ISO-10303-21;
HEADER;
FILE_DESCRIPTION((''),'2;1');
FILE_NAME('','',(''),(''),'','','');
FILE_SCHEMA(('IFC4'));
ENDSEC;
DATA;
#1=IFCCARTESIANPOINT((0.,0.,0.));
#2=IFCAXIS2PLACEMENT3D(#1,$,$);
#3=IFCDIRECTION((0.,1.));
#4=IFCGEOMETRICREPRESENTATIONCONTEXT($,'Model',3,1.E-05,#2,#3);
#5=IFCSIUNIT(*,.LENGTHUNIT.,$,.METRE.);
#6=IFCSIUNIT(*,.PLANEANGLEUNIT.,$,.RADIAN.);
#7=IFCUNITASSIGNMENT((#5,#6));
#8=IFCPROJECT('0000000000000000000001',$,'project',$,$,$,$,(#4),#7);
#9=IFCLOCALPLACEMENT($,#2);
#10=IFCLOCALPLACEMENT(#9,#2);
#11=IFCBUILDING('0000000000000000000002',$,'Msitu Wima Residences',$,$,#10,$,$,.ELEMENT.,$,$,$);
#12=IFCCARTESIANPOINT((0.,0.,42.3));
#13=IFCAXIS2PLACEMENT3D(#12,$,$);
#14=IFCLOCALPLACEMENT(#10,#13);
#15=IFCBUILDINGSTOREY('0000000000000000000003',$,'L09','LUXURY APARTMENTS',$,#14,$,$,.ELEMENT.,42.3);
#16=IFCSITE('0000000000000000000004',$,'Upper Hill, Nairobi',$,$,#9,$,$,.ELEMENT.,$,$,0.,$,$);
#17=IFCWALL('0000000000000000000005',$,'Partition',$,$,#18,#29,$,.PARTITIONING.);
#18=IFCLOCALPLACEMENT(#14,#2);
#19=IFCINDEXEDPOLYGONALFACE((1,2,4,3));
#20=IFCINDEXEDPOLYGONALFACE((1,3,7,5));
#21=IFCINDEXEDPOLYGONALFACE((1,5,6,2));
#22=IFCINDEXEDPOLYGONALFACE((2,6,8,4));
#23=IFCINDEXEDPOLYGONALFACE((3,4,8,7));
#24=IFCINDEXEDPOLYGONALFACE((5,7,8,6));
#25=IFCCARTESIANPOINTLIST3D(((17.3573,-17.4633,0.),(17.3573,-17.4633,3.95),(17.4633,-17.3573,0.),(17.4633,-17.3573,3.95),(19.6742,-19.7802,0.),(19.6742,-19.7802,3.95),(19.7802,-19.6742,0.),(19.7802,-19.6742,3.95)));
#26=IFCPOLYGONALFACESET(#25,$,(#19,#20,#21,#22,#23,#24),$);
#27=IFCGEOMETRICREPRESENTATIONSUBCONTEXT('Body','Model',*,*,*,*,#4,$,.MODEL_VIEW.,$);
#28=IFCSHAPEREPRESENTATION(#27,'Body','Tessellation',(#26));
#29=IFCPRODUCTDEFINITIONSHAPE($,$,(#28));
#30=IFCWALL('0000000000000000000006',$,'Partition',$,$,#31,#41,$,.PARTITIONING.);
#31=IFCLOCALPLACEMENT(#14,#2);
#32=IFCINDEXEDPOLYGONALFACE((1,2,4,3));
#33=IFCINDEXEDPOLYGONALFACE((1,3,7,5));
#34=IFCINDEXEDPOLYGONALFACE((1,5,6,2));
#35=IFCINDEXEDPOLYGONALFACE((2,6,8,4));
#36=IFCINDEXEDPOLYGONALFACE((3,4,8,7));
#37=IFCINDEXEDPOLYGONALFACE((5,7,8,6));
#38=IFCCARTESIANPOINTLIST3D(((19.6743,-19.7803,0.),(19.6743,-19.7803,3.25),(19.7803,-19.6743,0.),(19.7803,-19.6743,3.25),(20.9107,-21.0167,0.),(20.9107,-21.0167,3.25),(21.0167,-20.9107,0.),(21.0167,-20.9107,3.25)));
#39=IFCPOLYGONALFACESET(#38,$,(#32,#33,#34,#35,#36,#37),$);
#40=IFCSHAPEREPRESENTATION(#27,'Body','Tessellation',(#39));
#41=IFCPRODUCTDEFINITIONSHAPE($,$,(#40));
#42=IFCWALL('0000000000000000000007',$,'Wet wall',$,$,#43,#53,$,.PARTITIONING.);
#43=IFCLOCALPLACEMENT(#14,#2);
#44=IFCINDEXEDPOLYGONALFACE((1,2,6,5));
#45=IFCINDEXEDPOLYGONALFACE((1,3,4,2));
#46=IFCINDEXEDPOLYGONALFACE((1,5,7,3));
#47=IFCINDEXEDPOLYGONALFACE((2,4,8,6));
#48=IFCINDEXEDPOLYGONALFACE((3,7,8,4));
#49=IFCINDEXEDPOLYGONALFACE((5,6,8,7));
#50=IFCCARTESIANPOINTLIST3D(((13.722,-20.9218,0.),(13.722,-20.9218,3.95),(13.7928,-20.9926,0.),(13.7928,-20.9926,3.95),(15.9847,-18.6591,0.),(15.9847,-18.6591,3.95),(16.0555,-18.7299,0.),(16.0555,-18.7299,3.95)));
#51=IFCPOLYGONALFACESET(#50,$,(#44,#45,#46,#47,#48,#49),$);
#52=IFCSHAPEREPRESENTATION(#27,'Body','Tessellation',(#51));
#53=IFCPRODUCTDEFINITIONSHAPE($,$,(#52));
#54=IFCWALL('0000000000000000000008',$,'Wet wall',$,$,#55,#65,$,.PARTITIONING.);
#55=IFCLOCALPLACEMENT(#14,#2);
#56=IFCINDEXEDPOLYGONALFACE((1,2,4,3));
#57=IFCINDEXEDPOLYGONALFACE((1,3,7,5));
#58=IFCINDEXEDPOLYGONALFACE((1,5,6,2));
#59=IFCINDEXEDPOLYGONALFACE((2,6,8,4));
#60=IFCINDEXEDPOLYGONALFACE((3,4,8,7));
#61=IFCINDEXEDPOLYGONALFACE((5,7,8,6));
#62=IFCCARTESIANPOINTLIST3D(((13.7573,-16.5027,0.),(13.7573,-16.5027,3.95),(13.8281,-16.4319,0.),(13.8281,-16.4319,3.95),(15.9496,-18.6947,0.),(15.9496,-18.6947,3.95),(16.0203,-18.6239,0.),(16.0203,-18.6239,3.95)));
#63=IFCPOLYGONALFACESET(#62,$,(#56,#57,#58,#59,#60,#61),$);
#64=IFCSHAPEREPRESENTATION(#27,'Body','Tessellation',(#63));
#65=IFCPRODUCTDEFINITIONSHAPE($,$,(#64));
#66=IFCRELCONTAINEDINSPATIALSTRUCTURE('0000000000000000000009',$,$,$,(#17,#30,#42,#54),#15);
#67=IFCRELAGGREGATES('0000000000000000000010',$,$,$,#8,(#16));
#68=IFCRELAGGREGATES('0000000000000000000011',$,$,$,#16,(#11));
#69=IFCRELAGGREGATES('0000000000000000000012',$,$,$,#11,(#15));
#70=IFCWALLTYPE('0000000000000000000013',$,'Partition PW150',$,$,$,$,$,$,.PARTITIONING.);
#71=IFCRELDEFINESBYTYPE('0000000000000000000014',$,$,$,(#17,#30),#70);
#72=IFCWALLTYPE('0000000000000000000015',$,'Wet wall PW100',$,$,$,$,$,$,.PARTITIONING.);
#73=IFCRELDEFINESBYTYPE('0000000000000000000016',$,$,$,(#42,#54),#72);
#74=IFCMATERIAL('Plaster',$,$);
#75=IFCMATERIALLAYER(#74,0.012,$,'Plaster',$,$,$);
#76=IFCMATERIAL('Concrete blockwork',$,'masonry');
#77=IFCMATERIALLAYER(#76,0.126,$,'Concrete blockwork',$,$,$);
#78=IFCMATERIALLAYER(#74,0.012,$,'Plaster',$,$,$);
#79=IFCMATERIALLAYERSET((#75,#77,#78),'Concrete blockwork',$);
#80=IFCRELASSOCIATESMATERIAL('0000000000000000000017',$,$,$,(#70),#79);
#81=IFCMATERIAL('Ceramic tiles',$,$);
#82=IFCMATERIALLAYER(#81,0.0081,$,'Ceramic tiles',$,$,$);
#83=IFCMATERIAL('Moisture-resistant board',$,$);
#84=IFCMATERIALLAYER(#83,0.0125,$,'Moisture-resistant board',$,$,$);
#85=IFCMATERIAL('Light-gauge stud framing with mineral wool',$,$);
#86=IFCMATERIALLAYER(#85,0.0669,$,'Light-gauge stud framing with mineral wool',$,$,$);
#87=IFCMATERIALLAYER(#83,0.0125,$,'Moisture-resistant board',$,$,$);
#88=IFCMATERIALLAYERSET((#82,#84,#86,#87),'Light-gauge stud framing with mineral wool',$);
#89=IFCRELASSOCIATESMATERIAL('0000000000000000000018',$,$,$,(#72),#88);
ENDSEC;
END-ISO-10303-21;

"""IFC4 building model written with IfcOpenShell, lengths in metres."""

from ifc_helpers import new_model, si_unit, direction, frame, frame_2d, origin, place, context, subcontext, project, spatial, rectangle, extrude, material, layer, layer_set, type_object, element, save


model = new_model("IFC4")

# Units and contexts
model_context = context("Model", 3, precision=1e-05, world=origin(), true_north=direction((0.0, 1.0)))
body_context = subcontext(model_context, "Body", "Model", "MODEL_VIEW")
ifc_project = project(units=[si_unit("LENGTHUNIT", "METRE"), si_unit("PLANEANGLEUNIT", "RADIAN")], contexts=[model_context])

# Site, building, storey
site_placement = place(None, origin())
site = spatial("IfcSite", under=ifc_project, at=site_placement, Name="Upper Hill, Nairobi", CompositionType="ELEMENT", RefElevation=0.0)
building_placement = place(site_placement, origin())
building = spatial("IfcBuilding", under=site, at=building_placement, Name="Msitu Wima Residences", CompositionType="ELEMENT")
storey_placement = place(building_placement, frame((0.0, 0.0, 42.3)))
storey = spatial("IfcBuildingStorey", under=building, at=storey_placement, Name="L09", Description="LUXURY APARTMENTS", CompositionType="ELEMENT", Elevation=42.3)

# Shared definitions
ifc_material_1 = material(Name="Plaster")
ifc_layer_1 = layer(ifc_material_1, 0.012, Name="Plaster")
ifc_material_2 = material(Name="Concrete blockwork", Category="masonry")
ifc_layer_2 = layer(ifc_material_2, 0.126, Name="Concrete blockwork")
ifc_layer_3 = layer(ifc_material_1, 0.012, Name="Plaster")
ifc_layer_set_1 = layer_set([ifc_layer_1, ifc_layer_2, ifc_layer_3], Name="Concrete blockwork")
wall_type_1 = type_object("IfcWallType", Name="Partition PW150", PredefinedType="PARTITIONING", material=ifc_layer_set_1)

# Walls
wall_1_placement = place(storey_placement, frame((17.4104, -17.4104, 0.0), z_axis=(0.0, 0.0, 1.0), x_axis=(0.707107, -0.707107, 0.0)))
element("IfcWall", 1, at=wall_1_placement, inside=storey, type_object=wall_type_1, Name="Partition", PredefinedType="PARTITIONING", context=body_context, shape_type="SweptSolid", body=[
    extrude(rectangle(XDim=3.2766, YDim=0.1499, at=frame_2d((1.6382, 0.0))), origin(), (0.0, 0.0, 1.0), 3.95),
])
wall_2_placement = place(storey_placement, frame((19.7273, -19.7273, 0.0), z_axis=(0.0, 0.0, 1.0), x_axis=(0.707107, -0.707107, 0.0)))
element("IfcWall", 2, at=wall_2_placement, inside=storey, type_object=wall_type_1, Name="Partition", PredefinedType="PARTITIONING", context=body_context, shape_type="SweptSolid", body=[
    extrude(rectangle(XDim=1.7485, YDim=0.1499, at=frame_2d((0.8743, 0.0))), origin(), (0.0, 0.0, 1.0), 3.25),
])
ifc_material_3 = material(Name="Ceramic tiles")
ifc_layer_4 = layer(ifc_material_3, 0.0081, Name="Ceramic tiles")
ifc_material_4 = material(Name="Moisture-resistant board")
ifc_layer_5 = layer(ifc_material_4, 0.0125, Name="Moisture-resistant board")
ifc_material_5 = material(Name="Light-gauge stud framing with mineral wool")
ifc_layer_6 = layer(ifc_material_5, 0.0669, Name="Light-gauge stud framing with mineral wool")
ifc_layer_7 = layer(ifc_material_4, 0.0125, Name="Moisture-resistant board")
ifc_layer_set_2 = layer_set([ifc_layer_4, ifc_layer_5, ifc_layer_6, ifc_layer_7], Name="Light-gauge stud framing with mineral wool")
wall_type_2 = type_object("IfcWallType", Name="Wet wall PW100", PredefinedType="PARTITIONING", material=ifc_layer_set_2)
wall_3_placement = place(storey_placement, frame((13.7573, -20.9573, 0.0), z_axis=(0.0, 0.0, 1.0), x_axis=(0.707107, 0.707107, 0.0)))
element("IfcWall", 3, at=wall_3_placement, inside=storey, type_object=wall_type_2, Name="Wet wall", PredefinedType="PARTITIONING", context=body_context, shape_type="SweptSolid", body=[
    extrude(rectangle(XDim=3.2, YDim=0.1001, at=frame_2d((1.6001, 0.0))), origin(), (0.0, 0.0, 1.0), 3.95),
])
wall_4_placement = place(storey_placement, frame((13.7927, -16.4673, 0.0), z_axis=(0.0, 0.0, 1.0), x_axis=(0.707146, -0.707067, 0.0)))
element("IfcWall", 4, at=wall_4_placement, inside=storey, type_object=wall_type_2, Name="Wet wall", PredefinedType="PARTITIONING", context=body_context, shape_type="SweptSolid", body=[
    extrude(rectangle(XDim=3.1001, YDim=0.1001, at=frame_2d((1.55, 0.0))), origin(), (0.0, 0.0, 1.0), 3.95),
])

save(model, "model.ifc")
